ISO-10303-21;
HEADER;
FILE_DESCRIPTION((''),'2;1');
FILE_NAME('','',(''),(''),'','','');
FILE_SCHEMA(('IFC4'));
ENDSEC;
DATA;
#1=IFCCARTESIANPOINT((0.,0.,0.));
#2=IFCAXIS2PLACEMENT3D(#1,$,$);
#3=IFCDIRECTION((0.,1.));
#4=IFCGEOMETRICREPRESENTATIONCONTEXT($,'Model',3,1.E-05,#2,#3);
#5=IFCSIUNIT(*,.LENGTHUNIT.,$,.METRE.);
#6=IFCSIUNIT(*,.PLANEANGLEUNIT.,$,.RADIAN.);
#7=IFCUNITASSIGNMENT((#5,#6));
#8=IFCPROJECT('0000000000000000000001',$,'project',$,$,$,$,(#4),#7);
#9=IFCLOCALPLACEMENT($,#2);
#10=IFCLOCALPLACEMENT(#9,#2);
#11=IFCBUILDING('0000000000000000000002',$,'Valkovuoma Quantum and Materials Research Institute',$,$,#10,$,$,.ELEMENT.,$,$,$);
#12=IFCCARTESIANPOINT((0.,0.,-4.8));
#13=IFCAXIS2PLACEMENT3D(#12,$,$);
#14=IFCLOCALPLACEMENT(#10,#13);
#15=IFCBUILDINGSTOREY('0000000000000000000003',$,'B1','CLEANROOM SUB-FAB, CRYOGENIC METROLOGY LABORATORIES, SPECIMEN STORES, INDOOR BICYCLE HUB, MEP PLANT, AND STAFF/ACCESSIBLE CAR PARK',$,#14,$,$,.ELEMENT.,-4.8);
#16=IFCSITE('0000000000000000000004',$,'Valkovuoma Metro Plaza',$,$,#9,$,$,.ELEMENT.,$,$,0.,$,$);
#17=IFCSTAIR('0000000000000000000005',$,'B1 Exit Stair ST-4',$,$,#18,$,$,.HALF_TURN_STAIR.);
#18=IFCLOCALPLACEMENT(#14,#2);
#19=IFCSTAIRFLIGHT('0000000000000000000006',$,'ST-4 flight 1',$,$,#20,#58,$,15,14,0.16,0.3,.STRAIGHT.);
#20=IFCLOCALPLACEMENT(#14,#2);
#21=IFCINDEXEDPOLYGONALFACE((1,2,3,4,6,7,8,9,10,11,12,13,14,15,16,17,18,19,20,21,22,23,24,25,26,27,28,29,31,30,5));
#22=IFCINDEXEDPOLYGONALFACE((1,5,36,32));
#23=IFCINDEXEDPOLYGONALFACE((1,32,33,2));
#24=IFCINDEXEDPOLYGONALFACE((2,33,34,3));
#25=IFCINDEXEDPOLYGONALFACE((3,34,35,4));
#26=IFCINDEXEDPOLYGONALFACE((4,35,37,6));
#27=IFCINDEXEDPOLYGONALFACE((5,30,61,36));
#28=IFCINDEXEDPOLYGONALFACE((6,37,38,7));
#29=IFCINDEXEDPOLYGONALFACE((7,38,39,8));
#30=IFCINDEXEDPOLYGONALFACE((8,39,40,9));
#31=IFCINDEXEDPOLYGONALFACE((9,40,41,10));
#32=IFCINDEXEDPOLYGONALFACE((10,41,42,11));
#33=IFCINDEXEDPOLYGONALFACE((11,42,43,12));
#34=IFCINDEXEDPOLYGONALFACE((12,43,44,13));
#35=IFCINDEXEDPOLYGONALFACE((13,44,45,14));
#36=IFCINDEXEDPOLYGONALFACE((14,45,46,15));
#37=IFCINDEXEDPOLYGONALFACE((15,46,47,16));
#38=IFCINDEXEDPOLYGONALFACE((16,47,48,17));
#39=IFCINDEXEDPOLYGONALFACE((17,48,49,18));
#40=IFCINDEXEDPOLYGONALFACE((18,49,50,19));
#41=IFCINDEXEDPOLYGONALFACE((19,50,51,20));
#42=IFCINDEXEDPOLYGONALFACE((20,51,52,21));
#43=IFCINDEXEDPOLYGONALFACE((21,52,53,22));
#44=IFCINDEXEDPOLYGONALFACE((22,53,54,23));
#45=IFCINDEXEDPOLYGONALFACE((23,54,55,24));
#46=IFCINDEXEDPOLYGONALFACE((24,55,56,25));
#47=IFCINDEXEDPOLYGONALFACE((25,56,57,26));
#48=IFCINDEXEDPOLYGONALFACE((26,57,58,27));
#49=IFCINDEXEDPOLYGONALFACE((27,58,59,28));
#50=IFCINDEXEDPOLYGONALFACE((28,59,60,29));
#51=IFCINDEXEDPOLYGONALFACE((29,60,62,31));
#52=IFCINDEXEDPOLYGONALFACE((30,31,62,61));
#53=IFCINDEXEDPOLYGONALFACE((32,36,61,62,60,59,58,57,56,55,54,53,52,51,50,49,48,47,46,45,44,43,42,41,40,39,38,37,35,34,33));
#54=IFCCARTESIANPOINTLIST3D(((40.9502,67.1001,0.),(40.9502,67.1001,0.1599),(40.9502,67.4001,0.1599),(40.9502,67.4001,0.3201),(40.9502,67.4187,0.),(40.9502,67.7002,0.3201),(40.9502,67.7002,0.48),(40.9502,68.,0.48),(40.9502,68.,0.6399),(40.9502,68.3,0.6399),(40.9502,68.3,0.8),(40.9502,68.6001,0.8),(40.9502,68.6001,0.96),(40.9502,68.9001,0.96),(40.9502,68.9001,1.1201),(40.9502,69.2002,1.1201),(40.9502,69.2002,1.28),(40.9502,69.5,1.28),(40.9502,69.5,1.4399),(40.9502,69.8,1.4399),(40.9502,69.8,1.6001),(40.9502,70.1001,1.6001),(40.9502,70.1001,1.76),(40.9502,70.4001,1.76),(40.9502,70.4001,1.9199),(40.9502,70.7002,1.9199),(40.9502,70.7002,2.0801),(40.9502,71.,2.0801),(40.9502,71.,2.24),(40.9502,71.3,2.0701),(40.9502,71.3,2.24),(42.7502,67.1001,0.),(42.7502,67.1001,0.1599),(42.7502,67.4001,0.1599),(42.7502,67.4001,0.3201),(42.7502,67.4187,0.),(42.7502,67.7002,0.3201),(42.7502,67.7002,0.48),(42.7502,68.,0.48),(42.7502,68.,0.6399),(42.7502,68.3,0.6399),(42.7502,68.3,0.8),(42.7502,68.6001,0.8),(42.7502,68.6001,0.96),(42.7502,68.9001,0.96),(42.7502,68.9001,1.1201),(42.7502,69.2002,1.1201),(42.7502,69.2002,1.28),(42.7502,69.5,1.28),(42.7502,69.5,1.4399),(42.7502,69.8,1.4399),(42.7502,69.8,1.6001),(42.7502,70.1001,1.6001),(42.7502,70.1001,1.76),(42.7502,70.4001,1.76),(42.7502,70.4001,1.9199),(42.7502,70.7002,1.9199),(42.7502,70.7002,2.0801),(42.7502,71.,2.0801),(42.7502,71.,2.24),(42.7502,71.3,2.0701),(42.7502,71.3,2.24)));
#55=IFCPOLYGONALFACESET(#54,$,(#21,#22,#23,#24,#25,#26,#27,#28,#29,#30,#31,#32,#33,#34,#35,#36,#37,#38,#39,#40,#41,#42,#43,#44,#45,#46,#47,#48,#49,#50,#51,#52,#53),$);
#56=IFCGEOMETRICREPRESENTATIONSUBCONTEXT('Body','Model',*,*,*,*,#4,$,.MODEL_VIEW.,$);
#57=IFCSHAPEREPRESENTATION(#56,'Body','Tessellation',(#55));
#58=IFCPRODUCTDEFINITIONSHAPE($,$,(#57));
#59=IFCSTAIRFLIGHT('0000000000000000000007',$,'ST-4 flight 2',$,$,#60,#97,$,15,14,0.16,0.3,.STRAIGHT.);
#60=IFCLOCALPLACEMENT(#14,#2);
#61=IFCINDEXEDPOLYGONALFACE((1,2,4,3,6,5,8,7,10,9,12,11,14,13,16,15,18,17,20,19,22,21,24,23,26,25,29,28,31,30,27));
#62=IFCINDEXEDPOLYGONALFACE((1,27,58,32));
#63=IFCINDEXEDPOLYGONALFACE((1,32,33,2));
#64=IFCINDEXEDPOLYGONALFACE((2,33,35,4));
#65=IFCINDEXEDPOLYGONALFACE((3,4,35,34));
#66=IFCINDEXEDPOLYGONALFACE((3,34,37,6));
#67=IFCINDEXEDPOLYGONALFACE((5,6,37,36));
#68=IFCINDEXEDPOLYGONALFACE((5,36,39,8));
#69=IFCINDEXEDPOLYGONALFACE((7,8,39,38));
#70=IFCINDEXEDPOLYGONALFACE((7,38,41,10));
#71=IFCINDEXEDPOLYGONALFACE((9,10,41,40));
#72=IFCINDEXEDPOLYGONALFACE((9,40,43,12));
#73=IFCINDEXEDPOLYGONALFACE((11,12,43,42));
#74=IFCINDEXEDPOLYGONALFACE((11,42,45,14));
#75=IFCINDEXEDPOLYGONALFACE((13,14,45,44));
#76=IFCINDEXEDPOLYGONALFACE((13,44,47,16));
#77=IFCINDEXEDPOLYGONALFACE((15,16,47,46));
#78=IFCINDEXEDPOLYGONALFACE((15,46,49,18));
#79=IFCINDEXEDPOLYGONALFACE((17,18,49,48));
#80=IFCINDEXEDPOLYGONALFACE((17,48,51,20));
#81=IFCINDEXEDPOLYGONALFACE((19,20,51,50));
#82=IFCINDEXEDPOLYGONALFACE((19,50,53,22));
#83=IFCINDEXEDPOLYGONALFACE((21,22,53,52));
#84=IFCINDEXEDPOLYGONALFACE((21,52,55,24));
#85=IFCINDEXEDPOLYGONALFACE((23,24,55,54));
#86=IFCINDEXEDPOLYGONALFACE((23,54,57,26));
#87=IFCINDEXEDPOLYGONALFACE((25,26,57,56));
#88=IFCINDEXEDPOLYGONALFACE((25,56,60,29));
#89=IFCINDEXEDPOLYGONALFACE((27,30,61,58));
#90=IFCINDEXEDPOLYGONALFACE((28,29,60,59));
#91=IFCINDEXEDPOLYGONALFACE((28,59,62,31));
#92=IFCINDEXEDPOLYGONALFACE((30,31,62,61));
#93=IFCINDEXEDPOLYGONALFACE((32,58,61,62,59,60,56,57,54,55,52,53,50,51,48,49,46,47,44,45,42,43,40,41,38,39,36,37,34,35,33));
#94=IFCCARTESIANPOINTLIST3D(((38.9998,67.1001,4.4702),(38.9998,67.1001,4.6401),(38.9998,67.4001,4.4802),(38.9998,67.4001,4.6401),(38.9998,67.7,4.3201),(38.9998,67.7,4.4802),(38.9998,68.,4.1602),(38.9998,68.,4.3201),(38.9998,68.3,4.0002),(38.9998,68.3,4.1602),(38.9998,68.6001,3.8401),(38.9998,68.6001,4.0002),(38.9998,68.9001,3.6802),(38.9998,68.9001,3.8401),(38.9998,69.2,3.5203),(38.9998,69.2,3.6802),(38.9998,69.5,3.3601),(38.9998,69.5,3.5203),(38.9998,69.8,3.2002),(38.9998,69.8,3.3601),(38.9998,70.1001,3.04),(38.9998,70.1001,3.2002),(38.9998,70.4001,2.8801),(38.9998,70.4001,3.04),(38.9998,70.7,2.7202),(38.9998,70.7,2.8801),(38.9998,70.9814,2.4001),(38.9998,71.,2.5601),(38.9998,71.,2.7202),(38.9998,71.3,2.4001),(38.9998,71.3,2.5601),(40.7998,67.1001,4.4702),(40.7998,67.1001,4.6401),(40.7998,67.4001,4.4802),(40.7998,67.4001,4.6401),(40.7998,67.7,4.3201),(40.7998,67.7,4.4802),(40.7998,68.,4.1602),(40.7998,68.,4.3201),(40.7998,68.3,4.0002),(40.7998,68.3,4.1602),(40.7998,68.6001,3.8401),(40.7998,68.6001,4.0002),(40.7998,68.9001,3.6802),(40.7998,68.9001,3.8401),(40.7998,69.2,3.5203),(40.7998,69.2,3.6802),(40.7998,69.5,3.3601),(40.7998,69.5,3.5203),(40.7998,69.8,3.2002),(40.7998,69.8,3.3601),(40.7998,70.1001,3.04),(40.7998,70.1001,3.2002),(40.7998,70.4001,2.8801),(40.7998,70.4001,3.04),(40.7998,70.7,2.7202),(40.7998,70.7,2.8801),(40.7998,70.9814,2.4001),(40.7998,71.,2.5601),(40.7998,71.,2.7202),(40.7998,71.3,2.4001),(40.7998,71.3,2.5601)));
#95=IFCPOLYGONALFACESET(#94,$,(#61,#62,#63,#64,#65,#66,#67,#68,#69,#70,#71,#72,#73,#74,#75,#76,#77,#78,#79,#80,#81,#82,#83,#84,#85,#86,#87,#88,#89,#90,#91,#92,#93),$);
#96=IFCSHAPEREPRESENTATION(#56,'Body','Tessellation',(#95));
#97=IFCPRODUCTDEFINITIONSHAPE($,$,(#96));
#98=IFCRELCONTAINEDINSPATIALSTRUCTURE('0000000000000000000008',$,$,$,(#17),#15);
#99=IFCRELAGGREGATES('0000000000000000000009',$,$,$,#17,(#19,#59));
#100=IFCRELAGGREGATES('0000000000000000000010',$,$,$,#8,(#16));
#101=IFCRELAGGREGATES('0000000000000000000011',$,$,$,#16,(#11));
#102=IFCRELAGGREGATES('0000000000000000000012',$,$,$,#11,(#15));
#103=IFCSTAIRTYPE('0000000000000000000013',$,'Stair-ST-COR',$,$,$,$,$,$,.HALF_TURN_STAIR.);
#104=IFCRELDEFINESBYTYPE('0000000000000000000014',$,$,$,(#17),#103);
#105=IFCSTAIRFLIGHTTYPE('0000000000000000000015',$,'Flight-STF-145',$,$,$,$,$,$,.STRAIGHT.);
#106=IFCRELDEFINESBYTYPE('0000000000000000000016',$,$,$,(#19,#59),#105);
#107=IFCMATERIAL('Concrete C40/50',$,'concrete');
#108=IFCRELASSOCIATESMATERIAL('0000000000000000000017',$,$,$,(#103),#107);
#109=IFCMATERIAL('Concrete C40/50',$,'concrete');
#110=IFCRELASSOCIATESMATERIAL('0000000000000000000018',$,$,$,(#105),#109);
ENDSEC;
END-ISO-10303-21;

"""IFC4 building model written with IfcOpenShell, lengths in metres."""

from ifc_helpers import new_model, si_unit, direction, frame, origin, place, context, subcontext, project, spatial, polyline, outline, extrude, material, type_object, element, aggregate, save


model = new_model("IFC4")

# Units and contexts
model_context = context("Model", 3, precision=1e-05, world=origin(), true_north=direction((0.0, 1.0)))
body_context = subcontext(model_context, "Body", "Model", "MODEL_VIEW")
ifc_project = project(units=[si_unit("LENGTHUNIT", "METRE"), si_unit("PLANEANGLEUNIT", "RADIAN")], contexts=[model_context])

# Site, building, storey
site_placement = place(None, origin())
site = spatial("IfcSite", under=ifc_project, at=site_placement, Name="Valkovuoma Metro Plaza", CompositionType="ELEMENT", RefElevation=0.0)
building_placement = place(site_placement, origin())
building = spatial("IfcBuilding", under=site, at=building_placement, Name="Valkovuoma Quantum and Materials Research Institute", CompositionType="ELEMENT")
storey_placement = place(building_placement, frame((0.0, 0.0, -4.8)))
storey = spatial("IfcBuildingStorey", under=building, at=storey_placement, Name="B1", Description="CLEANROOM SUB-FAB, CRYOGENIC METROLOGY LABORATORIES, SPECIMEN STORES, INDOOR BICYCLE HUB, MEP PLANT, AND STAFF/ACCESSIBLE CAR PARK", CompositionType="ELEMENT", Elevation=-4.8)

# Stair, stair flights
ifc_material_1 = material(Name="Concrete C40/50", Category="concrete")
stair_type = type_object("IfcStairType", Name="Stair-ST-COR", PredefinedType="HALF_TURN_STAIR", material=ifc_material_1)
stair_placement = place(storey_placement, origin())
stair = element("IfcStair", 1, at=stair_placement, inside=storey, type_object=stair_type, Name="B1 Exit Stair ST-4", PredefinedType="HALF_TURN_STAIR")
ifc_material_2 = material(Name="Concrete C40/50", Category="concrete")
stair_flight_type = type_object("IfcStairFlightType", Name="Flight-STF-145", PredefinedType="STRAIGHT", material=ifc_material_2)
stair_flight_1_placement = place(storey_placement, frame((41.8501, 67.1001, 0.0), z_axis=(0.0, 0.0, 1.0), x_axis=(0.0, 1.0, 0.0)))
stair_flight_1 = element("IfcStairFlight", 2, at=stair_flight_1_placement, type_object=stair_flight_type, Name="ST-4 flight 1", NumberOfRisers=15, NumberOfTreads=14, PredefinedType="STRAIGHT", RiserHeight=0.16, TreadLength=0.3, context=body_context, shape_type="SweptSolid", body=[
    extrude(outline(polyline([(0.0, 0.0), (0.0, 0.1599), (0.3, 0.1599), (0.3, 0.3201), (0.6001, 0.3201), (0.6001, 0.48), (0.8999, 0.48), (0.8999, 0.6399), (1.2, 0.6399), (1.2, 0.8), (1.5, 0.8), (1.5, 0.96), (1.8, 0.96), (1.8, 1.1201), (2.1001, 1.1201), (2.1001, 1.28), (2.3999, 1.28), (2.3999, 1.4399), (2.7, 1.4399), (2.7, 1.6001), (3.0, 1.6001), (3.0, 1.76), (3.3, 1.76), (3.3, 1.9199), (3.6001, 1.9199), (3.6001, 2.0801), (3.8999, 2.0801), (3.8999, 2.24), (4.2, 2.24), (4.2, 2.3999), (4.2, 2.0701), (0.3186, 0.0), (0.0, 0.0)])), frame((0.0, 0.8999, 0.0), z_axis=(0.0, -1.0, 0.0), x_axis=(1.0, 0.0, 0.0)), (0.0, 0.0, 1.0), 1.8),
])
stair_flight_2_placement = place(storey_placement, frame((39.8999, 71.3, 2.4001), z_axis=(0.0, 0.0, 1.0), x_axis=(0.0, -1.0, 0.0)))
stair_flight_2 = element("IfcStairFlight", 3, at=stair_flight_2_placement, type_object=stair_flight_type, Name="ST-4 flight 2", NumberOfRisers=15, NumberOfTreads=14, PredefinedType="STRAIGHT", RiserHeight=0.16, TreadLength=0.3, context=body_context, shape_type="SweptSolid", body=[
    extrude(outline(polyline([(0.0, 0.0), (0.0, 0.1599), (0.3, 0.1599), (0.3, 0.3201), (0.6001, 0.3201), (0.6001, 0.48), (0.8999, 0.48), (0.8999, 0.6399), (1.2, 0.6399), (1.2, 0.8), (1.5, 0.8), (1.5, 0.96), (1.8, 0.96), (1.8, 1.1201), (2.1001, 1.1201), (2.1001, 1.28), (2.3999, 1.28), (2.3999, 1.4399), (2.7, 1.4399), (2.7, 1.6001), (3.0, 1.6001), (3.0, 1.76), (3.3, 1.76), (3.3, 1.9199), (3.6001, 1.9199), (3.6001, 2.0801), (3.8999, 2.0801), (3.8999, 2.24), (4.2, 2.24), (4.2, 2.3999), (4.2, 2.0701), (0.3186, 0.0), (0.0, 0.0)])), frame((0.0, 0.8999, 0.0), z_axis=(0.0, -1.0, 0.0), x_axis=(1.0, 0.0, 0.0)), (0.0, 0.0, 1.0), 1.8),
])
aggregate(stair, [stair_flight_1, stair_flight_2])

save(model, "model.ifc")
